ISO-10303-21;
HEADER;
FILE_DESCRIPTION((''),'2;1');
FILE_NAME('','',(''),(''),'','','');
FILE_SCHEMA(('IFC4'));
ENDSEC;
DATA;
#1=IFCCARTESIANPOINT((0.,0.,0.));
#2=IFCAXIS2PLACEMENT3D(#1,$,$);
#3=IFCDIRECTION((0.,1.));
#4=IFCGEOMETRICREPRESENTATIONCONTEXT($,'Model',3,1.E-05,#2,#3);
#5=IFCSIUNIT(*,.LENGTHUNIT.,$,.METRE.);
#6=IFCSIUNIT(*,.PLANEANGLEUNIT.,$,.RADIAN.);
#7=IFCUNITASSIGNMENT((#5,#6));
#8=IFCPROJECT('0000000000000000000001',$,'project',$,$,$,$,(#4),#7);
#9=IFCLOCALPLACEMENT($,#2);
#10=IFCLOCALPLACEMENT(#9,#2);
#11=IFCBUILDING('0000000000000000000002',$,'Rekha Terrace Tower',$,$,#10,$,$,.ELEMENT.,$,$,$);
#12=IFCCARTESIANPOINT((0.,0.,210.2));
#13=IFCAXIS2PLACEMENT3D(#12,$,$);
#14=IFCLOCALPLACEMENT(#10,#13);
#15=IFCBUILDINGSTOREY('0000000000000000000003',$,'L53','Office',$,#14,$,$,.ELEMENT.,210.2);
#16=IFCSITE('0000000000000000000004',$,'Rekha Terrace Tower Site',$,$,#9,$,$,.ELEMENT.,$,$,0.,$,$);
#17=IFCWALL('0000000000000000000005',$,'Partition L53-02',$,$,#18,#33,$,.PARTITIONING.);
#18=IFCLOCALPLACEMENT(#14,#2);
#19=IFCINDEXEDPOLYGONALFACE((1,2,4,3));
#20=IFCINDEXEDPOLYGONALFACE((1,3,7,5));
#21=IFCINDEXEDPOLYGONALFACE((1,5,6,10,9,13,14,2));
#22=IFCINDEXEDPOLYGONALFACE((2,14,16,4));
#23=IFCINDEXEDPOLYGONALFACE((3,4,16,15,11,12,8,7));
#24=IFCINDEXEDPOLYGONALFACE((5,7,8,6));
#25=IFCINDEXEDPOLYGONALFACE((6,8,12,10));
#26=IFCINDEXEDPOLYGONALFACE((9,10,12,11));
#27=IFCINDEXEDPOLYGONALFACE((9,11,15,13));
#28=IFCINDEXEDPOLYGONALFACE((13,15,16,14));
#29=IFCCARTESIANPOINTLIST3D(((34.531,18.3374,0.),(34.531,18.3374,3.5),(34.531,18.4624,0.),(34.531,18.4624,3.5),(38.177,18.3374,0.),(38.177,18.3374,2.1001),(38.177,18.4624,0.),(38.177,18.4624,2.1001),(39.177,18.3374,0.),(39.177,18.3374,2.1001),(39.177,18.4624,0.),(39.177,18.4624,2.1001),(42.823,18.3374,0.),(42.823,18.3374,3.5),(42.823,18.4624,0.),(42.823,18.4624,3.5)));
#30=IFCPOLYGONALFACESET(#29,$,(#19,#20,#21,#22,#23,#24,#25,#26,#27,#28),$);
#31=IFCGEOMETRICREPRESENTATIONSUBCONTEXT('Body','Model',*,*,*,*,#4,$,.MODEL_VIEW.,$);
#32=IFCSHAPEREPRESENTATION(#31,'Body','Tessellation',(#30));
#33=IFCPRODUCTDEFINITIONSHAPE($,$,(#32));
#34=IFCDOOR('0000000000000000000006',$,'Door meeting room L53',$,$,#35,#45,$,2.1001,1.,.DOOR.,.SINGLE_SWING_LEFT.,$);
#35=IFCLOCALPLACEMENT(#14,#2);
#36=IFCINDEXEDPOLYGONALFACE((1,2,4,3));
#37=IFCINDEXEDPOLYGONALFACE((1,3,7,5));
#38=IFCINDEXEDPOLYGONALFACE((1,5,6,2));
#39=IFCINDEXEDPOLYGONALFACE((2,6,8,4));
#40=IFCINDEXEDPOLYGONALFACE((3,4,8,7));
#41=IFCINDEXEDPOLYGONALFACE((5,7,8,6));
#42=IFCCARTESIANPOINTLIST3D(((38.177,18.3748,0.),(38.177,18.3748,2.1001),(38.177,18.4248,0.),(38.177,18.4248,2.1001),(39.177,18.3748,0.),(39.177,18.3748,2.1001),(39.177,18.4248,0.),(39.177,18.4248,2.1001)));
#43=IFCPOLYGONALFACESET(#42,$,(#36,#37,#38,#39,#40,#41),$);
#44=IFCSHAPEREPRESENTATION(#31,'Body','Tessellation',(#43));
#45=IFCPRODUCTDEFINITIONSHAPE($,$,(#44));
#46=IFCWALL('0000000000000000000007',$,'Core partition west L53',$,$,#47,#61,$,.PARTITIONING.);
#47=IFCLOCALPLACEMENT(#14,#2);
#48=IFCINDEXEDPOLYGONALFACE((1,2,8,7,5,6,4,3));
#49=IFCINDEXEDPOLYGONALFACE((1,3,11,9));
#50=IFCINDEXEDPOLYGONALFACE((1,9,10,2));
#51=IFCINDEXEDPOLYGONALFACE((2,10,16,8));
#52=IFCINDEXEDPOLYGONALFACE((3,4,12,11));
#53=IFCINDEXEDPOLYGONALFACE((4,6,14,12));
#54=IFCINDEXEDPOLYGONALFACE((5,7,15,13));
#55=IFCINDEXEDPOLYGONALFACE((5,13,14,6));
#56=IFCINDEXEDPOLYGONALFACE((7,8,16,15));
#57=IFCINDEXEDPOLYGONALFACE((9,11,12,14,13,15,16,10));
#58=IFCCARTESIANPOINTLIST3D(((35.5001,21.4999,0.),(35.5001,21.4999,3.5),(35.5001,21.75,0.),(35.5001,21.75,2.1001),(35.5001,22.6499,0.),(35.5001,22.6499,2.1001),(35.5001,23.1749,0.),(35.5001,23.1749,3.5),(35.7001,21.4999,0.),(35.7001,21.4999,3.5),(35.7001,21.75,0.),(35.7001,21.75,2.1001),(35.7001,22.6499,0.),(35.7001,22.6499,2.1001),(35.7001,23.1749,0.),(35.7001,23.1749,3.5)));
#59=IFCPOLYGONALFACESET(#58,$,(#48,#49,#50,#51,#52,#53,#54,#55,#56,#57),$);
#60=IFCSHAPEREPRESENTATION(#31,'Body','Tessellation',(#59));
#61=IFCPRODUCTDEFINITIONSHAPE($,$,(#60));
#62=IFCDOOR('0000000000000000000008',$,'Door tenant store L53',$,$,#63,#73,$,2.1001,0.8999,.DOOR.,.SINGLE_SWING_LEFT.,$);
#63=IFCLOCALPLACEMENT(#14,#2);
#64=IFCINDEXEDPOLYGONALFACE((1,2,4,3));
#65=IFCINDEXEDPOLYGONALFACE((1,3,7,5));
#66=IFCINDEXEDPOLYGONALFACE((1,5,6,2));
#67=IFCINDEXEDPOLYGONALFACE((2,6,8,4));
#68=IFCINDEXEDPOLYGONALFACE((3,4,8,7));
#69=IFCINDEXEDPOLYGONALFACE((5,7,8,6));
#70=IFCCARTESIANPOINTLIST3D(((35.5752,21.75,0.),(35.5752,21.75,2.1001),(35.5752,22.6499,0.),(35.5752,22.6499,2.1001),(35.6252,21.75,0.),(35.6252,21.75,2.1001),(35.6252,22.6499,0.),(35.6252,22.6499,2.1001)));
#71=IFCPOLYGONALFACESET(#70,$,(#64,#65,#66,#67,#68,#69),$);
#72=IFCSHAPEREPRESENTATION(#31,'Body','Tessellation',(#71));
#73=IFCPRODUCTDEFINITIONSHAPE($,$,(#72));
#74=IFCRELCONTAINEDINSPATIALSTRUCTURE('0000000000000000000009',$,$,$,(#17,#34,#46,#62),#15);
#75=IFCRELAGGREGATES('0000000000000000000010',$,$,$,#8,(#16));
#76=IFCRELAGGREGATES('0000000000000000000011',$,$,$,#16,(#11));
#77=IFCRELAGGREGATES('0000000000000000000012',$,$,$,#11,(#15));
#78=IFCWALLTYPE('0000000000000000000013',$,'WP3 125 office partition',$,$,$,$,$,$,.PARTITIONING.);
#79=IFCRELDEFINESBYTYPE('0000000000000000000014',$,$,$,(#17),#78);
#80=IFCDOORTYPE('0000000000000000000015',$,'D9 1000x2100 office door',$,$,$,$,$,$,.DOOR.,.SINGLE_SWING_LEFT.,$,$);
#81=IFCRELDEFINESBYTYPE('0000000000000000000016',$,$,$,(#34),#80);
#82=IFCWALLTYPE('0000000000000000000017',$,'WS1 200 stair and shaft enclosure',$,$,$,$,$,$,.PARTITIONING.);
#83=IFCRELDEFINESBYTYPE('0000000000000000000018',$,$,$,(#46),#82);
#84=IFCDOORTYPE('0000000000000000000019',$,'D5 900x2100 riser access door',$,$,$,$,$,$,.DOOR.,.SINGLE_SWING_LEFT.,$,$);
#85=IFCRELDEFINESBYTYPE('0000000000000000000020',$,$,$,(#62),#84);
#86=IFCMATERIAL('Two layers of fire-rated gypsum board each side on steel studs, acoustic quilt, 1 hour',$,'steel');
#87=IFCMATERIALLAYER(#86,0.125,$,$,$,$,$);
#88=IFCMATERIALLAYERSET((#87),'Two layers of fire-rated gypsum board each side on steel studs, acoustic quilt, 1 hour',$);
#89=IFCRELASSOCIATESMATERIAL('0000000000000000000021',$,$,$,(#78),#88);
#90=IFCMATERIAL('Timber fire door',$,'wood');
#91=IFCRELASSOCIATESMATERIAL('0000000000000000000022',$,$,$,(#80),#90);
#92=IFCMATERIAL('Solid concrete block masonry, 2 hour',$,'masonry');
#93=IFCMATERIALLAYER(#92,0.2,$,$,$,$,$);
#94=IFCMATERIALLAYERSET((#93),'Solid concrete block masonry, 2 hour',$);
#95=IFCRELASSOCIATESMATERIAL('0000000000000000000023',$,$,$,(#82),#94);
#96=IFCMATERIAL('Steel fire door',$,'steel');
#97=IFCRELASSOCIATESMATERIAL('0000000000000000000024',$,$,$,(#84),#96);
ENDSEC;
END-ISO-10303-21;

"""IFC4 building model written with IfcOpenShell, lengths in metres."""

from ifc_helpers import new_model, si_unit, direction, frame, frame_2d, origin, place, context, subcontext, project, spatial, rectangle, extrude, material, layer, layer_set, type_object, element, fill, save


model = new_model("IFC4")

# Units and contexts
model_context = context("Model", 3, precision=1e-05, world=origin(), true_north=direction((0.0, 1.0)))
body_context = subcontext(model_context, "Body", "Model", "MODEL_VIEW")
ifc_project = project(units=[si_unit("LENGTHUNIT", "METRE"), si_unit("PLANEANGLEUNIT", "RADIAN")], contexts=[model_context])

# Site, building, storey
site_placement = place(None, origin())
site = spatial("IfcSite", under=ifc_project, at=site_placement, Name="Rekha Terrace Tower Site", CompositionType="ELEMENT", RefElevation=0.0)
building_placement = place(site_placement, origin())
building = spatial("IfcBuilding", under=site, at=building_placement, Name="Rekha Terrace Tower", CompositionType="ELEMENT")
storey_placement = place(building_placement, frame((0.0, 0.0, 210.2)))
storey = spatial("IfcBuildingStorey", under=building, at=storey_placement, Name="L53", Description="Office", CompositionType="ELEMENT", Elevation=210.2)

# Walls, openings, doors
ifc_material_1 = material(Name="Two layers of fire-rated gypsum board each side on steel studs, acoustic quilt, 1 hour", Category="steel")
ifc_layer_1 = layer(ifc_material_1, 0.125)
ifc_layer_set_1 = layer_set([ifc_layer_1], Name="Two layers of fire-rated gypsum board each side on steel studs, acoustic quilt, 1 hour")
wall_type_1 = type_object("IfcWallType", Name="WP3 125 office partition", PredefinedType="PARTITIONING", material=ifc_layer_set_1)
wall_1_placement = place(storey_placement, frame((34.531, 18.3999, 0.0), z_axis=(0.0, 0.0, 1.0), x_axis=(1.0, 0.0, 0.0)))
wall_1 = element("IfcWall", 1, at=wall_1_placement, inside=storey, type_object=wall_type_1, Name="Partition L53-02", PredefinedType="PARTITIONING", context=body_context, shape_type="SweptSolid", body=[
    extrude(rectangle(XDim=8.292, YDim=0.125, at=frame_2d((4.146, 0.0))), origin(), (0.0, 0.0, 1.0), 3.5),
])
opening_1_placement = place(wall_1_placement, frame((3.646, 0.0, 0.0)))
opening_1 = element("IfcOpeningElement", 2, at=opening_1_placement, cuts=wall_1, PredefinedType="OPENING", context=body_context, shape_type="SweptSolid", body=[
    extrude(rectangle(XDim=1.0, YDim=2.1001, at=frame_2d((0.5, 1.05))), frame((0.0, 0.0725, 0.0), z_axis=(0.0, -1.0, 0.0), x_axis=(1.0, 0.0, 0.0)), (0.0, 0.0, 1.0), 0.145),
])
ifc_material_2 = material(Name="Timber fire door", Category="wood")
door_type_1 = type_object("IfcDoorType", Name="D9 1000x2100 office door", OperationType="SINGLE_SWING_LEFT", PredefinedType="DOOR", material=ifc_material_2)
door_1_placement = place(opening_1_placement, origin())
door_1 = element("IfcDoor", 3, at=door_1_placement, inside=storey, type_object=door_type_1, Name="Door meeting room L53", OperationType="SINGLE_SWING_LEFT", OverallHeight=2.1001, OverallWidth=1.0, PredefinedType="DOOR", context=body_context, shape_type="SweptSolid", body=[
    extrude(rectangle(XDim=1.0, YDim=2.1001, at=frame_2d((0.5, 1.05))), frame((0.0, 0.0249, 0.0), z_axis=(0.0, -1.0, 0.0), x_axis=(1.0, 0.0, 0.0)), (0.0, 0.0, 1.0), 0.05),
])
fill(opening_1, door_1)
ifc_material_3 = material(Name="Solid concrete block masonry, 2 hour", Category="masonry")
ifc_layer_2 = layer(ifc_material_3, 0.2)
ifc_layer_set_2 = layer_set([ifc_layer_2], Name="Solid concrete block masonry, 2 hour")
wall_type_2 = type_object("IfcWallType", Name="WS1 200 stair and shaft enclosure", PredefinedType="PARTITIONING", material=ifc_layer_set_2)
wall_2_placement = place(storey_placement, frame((35.6001, 21.5, 0.0), z_axis=(0.0, 0.0, 1.0), x_axis=(0.0, 1.0, 0.0)))
wall_2 = element("IfcWall", 4, at=wall_2_placement, inside=storey, type_object=wall_type_2, Name="Core partition west L53", PredefinedType="PARTITIONING", context=body_context, shape_type="SweptSolid", body=[
    extrude(rectangle(XDim=1.675, YDim=0.2, at=frame_2d((0.8374, 0.0))), origin(), (0.0, 0.0, 1.0), 3.5),
])
opening_2_placement = place(wall_2_placement, frame((0.25, 0.0, 0.0)))
opening_2 = element("IfcOpeningElement", 5, at=opening_2_placement, cuts=wall_2, PredefinedType="OPENING", context=body_context, shape_type="SweptSolid", body=[
    extrude(rectangle(XDim=0.8999, YDim=2.1001, at=frame_2d((0.45, 1.05))), frame((0.0, 0.1099, 0.0), z_axis=(0.0, -1.0, 0.0), x_axis=(1.0, 0.0, 0.0)), (0.0, 0.0, 1.0), 0.22),
])
ifc_material_4 = material(Name="Steel fire door", Category="steel")
door_type_2 = type_object("IfcDoorType", Name="D5 900x2100 riser access door", OperationType="SINGLE_SWING_LEFT", PredefinedType="DOOR", material=ifc_material_4)
door_2_placement = place(opening_2_placement, origin())
door_2 = element("IfcDoor", 6, at=door_2_placement, inside=storey, type_object=door_type_2, Name="Door tenant store L53", OperationType="SINGLE_SWING_LEFT", OverallHeight=2.1001, OverallWidth=0.8999, PredefinedType="DOOR", context=body_context, shape_type="SweptSolid", body=[
    extrude(rectangle(XDim=0.8999, YDim=2.1001, at=frame_2d((0.45, 1.05))), frame((0.0, 0.0249, 0.0), z_axis=(0.0, -1.0, 0.0), x_axis=(1.0, 0.0, 0.0)), (0.0, 0.0, 1.0), 0.05),
])
fill(opening_2, door_2)

save(model, "model.ifc")
